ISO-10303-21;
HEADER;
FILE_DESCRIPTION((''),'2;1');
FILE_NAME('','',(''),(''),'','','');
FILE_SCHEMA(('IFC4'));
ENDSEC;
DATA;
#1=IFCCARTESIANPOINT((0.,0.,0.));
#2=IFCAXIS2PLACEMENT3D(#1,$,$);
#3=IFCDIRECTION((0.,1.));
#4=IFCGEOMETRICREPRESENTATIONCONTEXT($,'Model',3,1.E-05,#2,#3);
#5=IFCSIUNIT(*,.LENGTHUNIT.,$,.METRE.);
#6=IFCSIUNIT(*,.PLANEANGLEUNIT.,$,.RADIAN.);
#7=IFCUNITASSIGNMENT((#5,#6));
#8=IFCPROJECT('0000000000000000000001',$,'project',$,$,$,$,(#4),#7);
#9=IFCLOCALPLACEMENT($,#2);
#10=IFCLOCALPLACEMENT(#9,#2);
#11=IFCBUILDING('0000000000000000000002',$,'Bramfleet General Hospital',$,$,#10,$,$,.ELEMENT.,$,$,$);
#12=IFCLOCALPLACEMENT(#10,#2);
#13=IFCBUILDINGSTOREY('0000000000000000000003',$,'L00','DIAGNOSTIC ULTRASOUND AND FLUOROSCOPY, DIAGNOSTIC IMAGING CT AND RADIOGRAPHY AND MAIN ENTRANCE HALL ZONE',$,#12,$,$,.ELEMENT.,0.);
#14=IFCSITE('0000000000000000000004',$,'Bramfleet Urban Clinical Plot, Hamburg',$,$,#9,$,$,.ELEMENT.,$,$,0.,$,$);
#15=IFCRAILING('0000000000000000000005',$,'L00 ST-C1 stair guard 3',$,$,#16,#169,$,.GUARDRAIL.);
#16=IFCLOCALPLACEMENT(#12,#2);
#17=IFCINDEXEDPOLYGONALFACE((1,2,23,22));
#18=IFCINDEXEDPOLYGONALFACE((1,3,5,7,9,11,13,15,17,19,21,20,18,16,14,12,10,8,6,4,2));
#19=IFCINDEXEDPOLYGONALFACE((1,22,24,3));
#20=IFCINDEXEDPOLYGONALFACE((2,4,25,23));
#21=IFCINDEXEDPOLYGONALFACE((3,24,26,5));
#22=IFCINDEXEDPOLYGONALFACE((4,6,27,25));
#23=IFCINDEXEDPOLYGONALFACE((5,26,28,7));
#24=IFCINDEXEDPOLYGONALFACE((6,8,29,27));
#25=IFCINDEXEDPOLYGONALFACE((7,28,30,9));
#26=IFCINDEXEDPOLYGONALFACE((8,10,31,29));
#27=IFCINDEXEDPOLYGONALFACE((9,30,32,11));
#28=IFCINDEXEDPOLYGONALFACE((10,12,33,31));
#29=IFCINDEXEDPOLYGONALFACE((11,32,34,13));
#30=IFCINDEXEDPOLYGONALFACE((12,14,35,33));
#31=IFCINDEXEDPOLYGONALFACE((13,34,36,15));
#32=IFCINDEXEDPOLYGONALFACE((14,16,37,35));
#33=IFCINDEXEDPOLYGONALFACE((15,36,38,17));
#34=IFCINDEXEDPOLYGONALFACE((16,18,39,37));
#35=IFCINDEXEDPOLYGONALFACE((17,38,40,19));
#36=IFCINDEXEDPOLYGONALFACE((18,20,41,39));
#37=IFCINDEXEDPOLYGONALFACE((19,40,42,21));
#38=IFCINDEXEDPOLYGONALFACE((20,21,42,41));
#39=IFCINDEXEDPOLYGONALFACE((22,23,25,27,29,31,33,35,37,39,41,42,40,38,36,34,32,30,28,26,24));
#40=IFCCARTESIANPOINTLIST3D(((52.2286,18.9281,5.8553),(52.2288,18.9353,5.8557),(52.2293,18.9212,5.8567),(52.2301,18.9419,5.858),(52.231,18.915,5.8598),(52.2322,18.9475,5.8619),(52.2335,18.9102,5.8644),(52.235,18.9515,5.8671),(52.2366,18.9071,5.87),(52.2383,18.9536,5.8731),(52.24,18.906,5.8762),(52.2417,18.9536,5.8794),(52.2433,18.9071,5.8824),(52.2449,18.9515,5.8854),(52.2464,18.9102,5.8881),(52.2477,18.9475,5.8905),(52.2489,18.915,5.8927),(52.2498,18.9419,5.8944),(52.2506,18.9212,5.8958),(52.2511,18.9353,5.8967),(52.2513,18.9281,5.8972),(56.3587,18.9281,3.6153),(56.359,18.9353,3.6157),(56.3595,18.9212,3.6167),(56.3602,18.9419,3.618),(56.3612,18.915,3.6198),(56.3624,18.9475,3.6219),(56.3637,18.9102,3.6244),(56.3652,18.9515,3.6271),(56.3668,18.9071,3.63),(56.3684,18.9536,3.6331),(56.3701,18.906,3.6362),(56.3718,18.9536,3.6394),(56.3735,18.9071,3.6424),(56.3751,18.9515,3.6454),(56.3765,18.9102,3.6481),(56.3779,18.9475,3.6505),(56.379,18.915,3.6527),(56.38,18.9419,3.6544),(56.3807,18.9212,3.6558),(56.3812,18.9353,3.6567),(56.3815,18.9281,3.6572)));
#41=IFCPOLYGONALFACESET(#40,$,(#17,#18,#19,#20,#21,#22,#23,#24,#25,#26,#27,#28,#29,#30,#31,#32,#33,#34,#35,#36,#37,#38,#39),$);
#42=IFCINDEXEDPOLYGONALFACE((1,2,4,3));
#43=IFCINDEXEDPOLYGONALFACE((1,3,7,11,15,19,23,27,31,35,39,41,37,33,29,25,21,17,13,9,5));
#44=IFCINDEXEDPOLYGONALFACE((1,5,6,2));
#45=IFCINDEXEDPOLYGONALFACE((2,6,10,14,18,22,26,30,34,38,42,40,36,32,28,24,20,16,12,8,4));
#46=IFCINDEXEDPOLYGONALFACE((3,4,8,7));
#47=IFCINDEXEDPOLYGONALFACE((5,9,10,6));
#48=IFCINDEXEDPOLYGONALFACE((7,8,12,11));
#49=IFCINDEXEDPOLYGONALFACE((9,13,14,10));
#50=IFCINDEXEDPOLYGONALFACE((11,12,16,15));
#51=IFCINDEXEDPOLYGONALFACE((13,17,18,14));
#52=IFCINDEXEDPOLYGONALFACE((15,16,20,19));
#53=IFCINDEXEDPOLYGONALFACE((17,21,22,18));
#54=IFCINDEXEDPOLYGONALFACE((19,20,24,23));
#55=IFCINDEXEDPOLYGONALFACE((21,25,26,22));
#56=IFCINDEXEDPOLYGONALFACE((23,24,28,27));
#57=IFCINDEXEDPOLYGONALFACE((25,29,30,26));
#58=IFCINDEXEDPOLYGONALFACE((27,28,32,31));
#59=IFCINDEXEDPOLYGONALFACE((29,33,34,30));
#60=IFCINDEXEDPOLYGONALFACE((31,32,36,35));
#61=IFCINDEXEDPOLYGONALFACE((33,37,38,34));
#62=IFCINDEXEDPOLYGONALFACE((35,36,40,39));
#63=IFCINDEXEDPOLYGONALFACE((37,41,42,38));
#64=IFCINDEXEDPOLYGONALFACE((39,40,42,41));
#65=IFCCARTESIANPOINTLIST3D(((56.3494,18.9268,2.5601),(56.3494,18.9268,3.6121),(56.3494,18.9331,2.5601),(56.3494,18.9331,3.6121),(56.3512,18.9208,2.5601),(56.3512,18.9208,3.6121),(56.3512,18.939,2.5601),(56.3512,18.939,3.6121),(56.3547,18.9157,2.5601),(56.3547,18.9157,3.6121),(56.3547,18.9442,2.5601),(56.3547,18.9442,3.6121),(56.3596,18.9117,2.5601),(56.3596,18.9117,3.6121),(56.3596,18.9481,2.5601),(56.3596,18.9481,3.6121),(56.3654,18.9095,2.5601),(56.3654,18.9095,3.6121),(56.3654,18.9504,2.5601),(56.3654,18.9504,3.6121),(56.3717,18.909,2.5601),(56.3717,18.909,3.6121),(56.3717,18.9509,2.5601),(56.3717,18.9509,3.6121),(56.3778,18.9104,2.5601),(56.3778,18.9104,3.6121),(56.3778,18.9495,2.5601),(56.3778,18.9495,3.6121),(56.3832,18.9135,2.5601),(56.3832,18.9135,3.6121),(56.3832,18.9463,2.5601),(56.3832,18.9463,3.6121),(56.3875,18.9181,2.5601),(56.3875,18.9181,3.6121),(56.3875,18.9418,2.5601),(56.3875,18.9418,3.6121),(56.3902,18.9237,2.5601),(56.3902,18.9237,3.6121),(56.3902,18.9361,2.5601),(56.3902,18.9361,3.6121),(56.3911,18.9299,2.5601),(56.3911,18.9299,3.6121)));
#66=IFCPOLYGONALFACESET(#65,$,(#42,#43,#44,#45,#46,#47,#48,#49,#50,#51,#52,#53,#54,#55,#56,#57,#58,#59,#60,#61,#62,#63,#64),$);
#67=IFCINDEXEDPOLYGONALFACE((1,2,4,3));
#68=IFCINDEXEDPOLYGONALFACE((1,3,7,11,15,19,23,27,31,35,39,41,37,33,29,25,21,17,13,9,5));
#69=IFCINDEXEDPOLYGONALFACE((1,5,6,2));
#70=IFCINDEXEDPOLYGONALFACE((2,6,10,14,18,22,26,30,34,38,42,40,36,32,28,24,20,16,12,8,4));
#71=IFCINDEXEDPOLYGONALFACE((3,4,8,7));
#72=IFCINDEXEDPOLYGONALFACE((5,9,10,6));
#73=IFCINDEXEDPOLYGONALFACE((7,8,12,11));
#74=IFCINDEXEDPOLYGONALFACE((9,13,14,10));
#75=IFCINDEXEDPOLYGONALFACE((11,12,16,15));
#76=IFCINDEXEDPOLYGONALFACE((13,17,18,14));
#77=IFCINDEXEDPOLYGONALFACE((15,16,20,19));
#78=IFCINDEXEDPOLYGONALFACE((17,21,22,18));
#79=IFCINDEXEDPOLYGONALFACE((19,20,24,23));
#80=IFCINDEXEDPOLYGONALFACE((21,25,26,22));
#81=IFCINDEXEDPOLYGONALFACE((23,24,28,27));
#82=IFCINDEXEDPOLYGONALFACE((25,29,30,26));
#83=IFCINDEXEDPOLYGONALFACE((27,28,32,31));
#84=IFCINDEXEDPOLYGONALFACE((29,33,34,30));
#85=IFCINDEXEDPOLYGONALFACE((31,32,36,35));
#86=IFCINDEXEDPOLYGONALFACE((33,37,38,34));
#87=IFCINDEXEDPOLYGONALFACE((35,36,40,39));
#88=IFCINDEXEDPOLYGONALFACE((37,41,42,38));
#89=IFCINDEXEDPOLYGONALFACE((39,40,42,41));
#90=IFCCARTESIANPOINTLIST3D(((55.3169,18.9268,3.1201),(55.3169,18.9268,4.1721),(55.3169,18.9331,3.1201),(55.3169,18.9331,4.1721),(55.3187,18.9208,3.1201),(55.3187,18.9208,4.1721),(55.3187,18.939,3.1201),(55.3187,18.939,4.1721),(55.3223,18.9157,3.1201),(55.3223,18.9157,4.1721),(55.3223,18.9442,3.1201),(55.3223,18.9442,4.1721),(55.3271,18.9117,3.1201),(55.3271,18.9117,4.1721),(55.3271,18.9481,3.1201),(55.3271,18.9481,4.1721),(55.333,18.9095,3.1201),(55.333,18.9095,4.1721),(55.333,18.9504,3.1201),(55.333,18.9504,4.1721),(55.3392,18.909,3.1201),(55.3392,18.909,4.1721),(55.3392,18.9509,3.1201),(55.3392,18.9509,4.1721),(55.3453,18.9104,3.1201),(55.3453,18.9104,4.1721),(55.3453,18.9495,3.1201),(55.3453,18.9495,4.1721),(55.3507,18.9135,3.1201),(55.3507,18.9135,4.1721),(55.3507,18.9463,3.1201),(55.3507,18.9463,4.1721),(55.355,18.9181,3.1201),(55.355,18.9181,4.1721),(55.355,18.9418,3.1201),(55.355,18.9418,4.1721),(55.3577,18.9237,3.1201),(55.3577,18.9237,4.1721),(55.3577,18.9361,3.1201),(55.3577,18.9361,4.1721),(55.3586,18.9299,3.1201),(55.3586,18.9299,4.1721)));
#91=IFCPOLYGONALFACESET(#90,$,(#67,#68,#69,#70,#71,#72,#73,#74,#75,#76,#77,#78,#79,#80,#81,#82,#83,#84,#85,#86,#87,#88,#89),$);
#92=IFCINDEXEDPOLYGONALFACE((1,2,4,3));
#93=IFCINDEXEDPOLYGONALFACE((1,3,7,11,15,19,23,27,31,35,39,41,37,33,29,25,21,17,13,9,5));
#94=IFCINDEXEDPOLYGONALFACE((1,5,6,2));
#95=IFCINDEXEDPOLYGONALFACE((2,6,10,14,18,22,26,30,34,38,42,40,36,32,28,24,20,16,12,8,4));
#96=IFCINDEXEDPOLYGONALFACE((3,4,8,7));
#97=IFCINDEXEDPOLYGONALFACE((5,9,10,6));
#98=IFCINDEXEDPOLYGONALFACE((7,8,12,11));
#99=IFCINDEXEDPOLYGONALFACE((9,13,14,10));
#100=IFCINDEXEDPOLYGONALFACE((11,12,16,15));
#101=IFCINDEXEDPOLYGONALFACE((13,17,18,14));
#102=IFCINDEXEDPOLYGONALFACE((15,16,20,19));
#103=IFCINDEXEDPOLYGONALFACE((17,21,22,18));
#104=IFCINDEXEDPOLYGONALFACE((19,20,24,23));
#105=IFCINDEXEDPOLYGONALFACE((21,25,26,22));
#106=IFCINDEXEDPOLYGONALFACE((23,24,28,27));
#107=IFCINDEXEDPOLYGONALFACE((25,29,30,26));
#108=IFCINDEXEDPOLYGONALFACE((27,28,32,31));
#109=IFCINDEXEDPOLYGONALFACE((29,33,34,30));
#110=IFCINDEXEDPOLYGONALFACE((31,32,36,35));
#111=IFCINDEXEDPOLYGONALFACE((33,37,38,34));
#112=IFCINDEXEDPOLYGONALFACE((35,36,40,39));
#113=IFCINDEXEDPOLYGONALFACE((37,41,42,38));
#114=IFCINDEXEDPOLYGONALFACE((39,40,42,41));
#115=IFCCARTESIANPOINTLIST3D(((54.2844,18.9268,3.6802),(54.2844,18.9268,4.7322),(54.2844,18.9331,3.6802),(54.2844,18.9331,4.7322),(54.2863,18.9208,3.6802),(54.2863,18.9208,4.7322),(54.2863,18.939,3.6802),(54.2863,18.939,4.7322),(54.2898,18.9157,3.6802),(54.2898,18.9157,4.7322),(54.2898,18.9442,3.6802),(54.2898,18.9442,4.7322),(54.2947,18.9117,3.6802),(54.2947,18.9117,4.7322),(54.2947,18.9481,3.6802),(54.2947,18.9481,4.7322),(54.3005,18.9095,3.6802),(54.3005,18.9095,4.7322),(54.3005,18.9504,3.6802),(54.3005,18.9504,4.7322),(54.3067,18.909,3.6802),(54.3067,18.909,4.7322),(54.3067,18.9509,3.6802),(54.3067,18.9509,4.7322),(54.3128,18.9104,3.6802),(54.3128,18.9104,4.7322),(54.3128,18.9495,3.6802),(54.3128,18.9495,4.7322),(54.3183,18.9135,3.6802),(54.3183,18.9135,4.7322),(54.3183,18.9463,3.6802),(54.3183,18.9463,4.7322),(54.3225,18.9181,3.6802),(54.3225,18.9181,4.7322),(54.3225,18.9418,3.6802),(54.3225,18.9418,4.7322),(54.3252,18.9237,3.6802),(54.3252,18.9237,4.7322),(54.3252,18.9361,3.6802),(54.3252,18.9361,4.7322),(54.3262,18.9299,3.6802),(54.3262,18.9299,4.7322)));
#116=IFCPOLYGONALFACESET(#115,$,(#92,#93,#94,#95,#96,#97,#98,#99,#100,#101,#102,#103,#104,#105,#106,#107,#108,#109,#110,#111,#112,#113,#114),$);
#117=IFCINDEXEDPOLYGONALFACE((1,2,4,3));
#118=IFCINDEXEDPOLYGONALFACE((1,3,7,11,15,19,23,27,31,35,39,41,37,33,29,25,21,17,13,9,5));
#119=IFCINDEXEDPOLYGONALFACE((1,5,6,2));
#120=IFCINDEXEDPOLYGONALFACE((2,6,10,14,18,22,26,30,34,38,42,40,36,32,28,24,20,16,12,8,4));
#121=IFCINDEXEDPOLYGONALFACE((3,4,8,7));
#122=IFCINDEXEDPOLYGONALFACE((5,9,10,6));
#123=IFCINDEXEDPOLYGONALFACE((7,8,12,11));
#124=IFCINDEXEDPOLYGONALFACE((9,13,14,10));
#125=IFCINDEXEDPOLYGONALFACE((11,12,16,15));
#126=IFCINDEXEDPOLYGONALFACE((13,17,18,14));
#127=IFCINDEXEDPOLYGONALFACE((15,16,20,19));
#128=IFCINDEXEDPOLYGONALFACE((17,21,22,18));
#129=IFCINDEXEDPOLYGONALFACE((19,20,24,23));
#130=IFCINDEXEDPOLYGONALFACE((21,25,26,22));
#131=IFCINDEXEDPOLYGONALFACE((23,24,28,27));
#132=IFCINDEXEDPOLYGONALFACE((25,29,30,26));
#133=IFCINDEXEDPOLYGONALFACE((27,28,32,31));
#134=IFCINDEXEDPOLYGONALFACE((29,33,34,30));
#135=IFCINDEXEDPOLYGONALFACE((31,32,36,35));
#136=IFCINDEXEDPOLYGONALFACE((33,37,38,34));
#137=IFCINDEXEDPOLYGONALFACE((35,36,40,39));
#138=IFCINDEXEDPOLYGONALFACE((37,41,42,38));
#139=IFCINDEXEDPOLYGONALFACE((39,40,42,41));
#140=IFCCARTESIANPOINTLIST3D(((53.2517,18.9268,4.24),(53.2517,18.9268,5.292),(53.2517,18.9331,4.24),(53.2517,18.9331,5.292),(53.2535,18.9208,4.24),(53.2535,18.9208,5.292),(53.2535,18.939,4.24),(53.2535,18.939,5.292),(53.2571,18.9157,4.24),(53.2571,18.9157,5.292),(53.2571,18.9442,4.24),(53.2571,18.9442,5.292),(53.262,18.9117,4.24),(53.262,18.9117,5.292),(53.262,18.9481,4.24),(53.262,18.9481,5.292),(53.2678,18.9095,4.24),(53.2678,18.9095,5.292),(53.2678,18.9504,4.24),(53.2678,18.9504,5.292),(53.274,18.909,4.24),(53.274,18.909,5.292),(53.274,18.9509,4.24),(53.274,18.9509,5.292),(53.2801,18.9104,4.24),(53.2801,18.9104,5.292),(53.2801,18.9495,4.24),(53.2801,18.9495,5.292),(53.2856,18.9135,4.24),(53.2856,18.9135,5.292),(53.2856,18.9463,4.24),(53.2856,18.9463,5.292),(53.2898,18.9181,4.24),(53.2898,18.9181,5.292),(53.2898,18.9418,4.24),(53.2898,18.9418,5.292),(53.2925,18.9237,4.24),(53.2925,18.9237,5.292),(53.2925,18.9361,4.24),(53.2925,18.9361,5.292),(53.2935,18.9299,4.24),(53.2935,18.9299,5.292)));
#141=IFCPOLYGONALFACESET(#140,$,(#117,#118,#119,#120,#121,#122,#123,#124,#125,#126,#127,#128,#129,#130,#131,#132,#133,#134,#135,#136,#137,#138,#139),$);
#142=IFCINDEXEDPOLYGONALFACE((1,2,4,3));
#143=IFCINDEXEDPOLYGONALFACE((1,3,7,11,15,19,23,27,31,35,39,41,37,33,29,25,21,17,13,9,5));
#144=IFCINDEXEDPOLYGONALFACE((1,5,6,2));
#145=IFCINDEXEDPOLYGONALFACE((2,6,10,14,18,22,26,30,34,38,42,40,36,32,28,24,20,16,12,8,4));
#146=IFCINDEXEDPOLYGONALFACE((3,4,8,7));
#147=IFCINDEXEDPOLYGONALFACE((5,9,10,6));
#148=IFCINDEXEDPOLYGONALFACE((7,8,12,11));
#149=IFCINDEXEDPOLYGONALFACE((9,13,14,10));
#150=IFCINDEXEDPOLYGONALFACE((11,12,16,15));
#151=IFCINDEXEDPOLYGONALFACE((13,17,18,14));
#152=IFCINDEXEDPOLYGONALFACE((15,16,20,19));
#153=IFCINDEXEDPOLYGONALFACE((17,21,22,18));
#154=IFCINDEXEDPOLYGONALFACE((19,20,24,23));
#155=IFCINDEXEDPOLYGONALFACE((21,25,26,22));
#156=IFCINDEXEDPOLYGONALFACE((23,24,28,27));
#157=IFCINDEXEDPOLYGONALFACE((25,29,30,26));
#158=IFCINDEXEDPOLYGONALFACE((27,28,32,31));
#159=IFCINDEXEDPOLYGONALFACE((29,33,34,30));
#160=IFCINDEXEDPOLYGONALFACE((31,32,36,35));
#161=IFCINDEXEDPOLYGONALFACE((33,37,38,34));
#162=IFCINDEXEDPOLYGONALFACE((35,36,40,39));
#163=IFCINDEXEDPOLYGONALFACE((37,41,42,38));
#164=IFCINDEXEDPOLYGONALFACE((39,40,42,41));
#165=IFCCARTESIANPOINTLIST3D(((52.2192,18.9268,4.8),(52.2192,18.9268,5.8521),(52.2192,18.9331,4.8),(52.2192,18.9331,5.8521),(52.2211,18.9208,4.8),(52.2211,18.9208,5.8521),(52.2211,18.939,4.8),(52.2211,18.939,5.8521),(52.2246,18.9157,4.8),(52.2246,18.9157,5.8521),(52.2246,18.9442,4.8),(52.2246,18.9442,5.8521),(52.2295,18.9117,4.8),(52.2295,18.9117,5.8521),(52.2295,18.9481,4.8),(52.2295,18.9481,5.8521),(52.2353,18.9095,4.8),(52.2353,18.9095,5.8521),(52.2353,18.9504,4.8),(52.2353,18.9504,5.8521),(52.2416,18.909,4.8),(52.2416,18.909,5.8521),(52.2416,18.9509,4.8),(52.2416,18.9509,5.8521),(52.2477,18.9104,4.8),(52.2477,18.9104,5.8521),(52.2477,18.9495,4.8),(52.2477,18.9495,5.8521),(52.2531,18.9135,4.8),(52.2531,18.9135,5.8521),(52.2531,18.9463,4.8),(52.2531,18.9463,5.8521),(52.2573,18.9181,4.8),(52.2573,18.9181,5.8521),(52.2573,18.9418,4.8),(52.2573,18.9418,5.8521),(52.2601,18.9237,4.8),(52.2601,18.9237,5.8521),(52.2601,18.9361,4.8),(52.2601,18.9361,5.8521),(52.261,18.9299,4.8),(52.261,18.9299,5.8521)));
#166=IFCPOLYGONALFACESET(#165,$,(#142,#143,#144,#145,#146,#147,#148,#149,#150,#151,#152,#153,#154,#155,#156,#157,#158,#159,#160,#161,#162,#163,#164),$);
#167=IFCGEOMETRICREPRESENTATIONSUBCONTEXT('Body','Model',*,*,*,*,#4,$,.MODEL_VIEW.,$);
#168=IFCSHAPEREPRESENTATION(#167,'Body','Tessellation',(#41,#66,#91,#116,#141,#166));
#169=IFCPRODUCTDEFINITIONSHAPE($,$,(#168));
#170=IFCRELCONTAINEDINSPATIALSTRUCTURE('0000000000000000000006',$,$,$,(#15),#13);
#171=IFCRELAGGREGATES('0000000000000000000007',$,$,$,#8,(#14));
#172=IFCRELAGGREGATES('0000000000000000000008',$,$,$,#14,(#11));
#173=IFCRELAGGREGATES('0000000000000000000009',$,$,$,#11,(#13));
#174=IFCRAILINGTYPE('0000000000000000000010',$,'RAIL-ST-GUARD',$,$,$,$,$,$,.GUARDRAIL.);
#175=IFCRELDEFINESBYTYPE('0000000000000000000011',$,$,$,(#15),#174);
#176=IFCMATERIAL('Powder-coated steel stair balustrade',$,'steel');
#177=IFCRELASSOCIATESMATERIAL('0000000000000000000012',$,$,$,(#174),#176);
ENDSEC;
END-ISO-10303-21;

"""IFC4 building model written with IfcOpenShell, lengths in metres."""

from ifc_helpers import new_model, si_unit, direction, frame, origin, origin_2d, place, context, subcontext, project, spatial, circle, extrude, material, type_object, element, save


model = new_model("IFC4")

# Units and contexts
model_context = context("Model", 3, precision=1e-05, world=origin(), true_north=direction((0.0, 1.0)))
body_context = subcontext(model_context, "Body", "Model", "MODEL_VIEW")
ifc_project = project(units=[si_unit("LENGTHUNIT", "METRE"), si_unit("PLANEANGLEUNIT", "RADIAN")], contexts=[model_context])

# Site, building, storey
site_placement = place(None, origin())
site = spatial("IfcSite", under=ifc_project, at=site_placement, Name="Bramfleet Urban Clinical Plot, Hamburg", CompositionType="ELEMENT", RefElevation=0.0)
building_placement = place(site_placement, origin())
building = spatial("IfcBuilding", under=site, at=building_placement, Name="Bramfleet General Hospital", CompositionType="ELEMENT")
storey_placement = place(building_placement, origin())
storey = spatial("IfcBuildingStorey", under=building, at=storey_placement, Name="L00", Description="DIAGNOSTIC ULTRASOUND AND FLUOROSCOPY, DIAGNOSTIC IMAGING CT AND RADIOGRAPHY AND MAIN ENTRANCE HALL ZONE", CompositionType="ELEMENT", Elevation=0.0)

# Railing
ifc_material_1 = material(Name="Powder-coated steel stair balustrade", Category="steel")
railing_type_1 = type_object("IfcRailingType", Name="RAIL-ST-GUARD", PredefinedType="GUARDRAIL", material=ifc_material_1)
railing_1_placement = place(storey_placement, frame((56.3701, 18.9299, 2.5601)))
element("IfcRailing", 1, at=railing_1_placement, inside=storey, type_object=railing_type_1, Name="L00 ST-C1 stair guard 3", PredefinedType="GUARDRAIL", context=body_context, shape_type="SweptSolid", body=[
    extrude(circle(Radius=0.0239, at=origin_2d()), frame((0.0, 0.0, 1.0762), z_axis=(-0.879039, 0.0, 0.47675), x_axis=(0.0, -1.0, 0.0)), (0.0, 0.0, 1.0), 4.6985),
    extrude(circle(Radius=0.021, at=origin_2d()), origin(), (0.0, 0.0, 1.0), 1.052),
    extrude(circle(Radius=0.021, at=origin_2d()), frame((-1.0325, 0.0, 0.5601)), (0.0, 0.0, 1.0), 1.052),
    extrude(circle(Radius=0.021, at=origin_2d()), frame((-2.0649, 0.0, 1.1201)), (0.0, 0.0, 1.0), 1.052),
    extrude(circle(Radius=0.021, at=origin_2d()), frame((-3.0977, 0.0, 1.6799)), (0.0, 0.0, 1.0), 1.052),
    extrude(circle(Radius=0.021, at=origin_2d()), frame((-4.1301, 0.0, 2.24)), (0.0, 0.0, 1.0), 1.052),
])

save(model, "model.ifc")
